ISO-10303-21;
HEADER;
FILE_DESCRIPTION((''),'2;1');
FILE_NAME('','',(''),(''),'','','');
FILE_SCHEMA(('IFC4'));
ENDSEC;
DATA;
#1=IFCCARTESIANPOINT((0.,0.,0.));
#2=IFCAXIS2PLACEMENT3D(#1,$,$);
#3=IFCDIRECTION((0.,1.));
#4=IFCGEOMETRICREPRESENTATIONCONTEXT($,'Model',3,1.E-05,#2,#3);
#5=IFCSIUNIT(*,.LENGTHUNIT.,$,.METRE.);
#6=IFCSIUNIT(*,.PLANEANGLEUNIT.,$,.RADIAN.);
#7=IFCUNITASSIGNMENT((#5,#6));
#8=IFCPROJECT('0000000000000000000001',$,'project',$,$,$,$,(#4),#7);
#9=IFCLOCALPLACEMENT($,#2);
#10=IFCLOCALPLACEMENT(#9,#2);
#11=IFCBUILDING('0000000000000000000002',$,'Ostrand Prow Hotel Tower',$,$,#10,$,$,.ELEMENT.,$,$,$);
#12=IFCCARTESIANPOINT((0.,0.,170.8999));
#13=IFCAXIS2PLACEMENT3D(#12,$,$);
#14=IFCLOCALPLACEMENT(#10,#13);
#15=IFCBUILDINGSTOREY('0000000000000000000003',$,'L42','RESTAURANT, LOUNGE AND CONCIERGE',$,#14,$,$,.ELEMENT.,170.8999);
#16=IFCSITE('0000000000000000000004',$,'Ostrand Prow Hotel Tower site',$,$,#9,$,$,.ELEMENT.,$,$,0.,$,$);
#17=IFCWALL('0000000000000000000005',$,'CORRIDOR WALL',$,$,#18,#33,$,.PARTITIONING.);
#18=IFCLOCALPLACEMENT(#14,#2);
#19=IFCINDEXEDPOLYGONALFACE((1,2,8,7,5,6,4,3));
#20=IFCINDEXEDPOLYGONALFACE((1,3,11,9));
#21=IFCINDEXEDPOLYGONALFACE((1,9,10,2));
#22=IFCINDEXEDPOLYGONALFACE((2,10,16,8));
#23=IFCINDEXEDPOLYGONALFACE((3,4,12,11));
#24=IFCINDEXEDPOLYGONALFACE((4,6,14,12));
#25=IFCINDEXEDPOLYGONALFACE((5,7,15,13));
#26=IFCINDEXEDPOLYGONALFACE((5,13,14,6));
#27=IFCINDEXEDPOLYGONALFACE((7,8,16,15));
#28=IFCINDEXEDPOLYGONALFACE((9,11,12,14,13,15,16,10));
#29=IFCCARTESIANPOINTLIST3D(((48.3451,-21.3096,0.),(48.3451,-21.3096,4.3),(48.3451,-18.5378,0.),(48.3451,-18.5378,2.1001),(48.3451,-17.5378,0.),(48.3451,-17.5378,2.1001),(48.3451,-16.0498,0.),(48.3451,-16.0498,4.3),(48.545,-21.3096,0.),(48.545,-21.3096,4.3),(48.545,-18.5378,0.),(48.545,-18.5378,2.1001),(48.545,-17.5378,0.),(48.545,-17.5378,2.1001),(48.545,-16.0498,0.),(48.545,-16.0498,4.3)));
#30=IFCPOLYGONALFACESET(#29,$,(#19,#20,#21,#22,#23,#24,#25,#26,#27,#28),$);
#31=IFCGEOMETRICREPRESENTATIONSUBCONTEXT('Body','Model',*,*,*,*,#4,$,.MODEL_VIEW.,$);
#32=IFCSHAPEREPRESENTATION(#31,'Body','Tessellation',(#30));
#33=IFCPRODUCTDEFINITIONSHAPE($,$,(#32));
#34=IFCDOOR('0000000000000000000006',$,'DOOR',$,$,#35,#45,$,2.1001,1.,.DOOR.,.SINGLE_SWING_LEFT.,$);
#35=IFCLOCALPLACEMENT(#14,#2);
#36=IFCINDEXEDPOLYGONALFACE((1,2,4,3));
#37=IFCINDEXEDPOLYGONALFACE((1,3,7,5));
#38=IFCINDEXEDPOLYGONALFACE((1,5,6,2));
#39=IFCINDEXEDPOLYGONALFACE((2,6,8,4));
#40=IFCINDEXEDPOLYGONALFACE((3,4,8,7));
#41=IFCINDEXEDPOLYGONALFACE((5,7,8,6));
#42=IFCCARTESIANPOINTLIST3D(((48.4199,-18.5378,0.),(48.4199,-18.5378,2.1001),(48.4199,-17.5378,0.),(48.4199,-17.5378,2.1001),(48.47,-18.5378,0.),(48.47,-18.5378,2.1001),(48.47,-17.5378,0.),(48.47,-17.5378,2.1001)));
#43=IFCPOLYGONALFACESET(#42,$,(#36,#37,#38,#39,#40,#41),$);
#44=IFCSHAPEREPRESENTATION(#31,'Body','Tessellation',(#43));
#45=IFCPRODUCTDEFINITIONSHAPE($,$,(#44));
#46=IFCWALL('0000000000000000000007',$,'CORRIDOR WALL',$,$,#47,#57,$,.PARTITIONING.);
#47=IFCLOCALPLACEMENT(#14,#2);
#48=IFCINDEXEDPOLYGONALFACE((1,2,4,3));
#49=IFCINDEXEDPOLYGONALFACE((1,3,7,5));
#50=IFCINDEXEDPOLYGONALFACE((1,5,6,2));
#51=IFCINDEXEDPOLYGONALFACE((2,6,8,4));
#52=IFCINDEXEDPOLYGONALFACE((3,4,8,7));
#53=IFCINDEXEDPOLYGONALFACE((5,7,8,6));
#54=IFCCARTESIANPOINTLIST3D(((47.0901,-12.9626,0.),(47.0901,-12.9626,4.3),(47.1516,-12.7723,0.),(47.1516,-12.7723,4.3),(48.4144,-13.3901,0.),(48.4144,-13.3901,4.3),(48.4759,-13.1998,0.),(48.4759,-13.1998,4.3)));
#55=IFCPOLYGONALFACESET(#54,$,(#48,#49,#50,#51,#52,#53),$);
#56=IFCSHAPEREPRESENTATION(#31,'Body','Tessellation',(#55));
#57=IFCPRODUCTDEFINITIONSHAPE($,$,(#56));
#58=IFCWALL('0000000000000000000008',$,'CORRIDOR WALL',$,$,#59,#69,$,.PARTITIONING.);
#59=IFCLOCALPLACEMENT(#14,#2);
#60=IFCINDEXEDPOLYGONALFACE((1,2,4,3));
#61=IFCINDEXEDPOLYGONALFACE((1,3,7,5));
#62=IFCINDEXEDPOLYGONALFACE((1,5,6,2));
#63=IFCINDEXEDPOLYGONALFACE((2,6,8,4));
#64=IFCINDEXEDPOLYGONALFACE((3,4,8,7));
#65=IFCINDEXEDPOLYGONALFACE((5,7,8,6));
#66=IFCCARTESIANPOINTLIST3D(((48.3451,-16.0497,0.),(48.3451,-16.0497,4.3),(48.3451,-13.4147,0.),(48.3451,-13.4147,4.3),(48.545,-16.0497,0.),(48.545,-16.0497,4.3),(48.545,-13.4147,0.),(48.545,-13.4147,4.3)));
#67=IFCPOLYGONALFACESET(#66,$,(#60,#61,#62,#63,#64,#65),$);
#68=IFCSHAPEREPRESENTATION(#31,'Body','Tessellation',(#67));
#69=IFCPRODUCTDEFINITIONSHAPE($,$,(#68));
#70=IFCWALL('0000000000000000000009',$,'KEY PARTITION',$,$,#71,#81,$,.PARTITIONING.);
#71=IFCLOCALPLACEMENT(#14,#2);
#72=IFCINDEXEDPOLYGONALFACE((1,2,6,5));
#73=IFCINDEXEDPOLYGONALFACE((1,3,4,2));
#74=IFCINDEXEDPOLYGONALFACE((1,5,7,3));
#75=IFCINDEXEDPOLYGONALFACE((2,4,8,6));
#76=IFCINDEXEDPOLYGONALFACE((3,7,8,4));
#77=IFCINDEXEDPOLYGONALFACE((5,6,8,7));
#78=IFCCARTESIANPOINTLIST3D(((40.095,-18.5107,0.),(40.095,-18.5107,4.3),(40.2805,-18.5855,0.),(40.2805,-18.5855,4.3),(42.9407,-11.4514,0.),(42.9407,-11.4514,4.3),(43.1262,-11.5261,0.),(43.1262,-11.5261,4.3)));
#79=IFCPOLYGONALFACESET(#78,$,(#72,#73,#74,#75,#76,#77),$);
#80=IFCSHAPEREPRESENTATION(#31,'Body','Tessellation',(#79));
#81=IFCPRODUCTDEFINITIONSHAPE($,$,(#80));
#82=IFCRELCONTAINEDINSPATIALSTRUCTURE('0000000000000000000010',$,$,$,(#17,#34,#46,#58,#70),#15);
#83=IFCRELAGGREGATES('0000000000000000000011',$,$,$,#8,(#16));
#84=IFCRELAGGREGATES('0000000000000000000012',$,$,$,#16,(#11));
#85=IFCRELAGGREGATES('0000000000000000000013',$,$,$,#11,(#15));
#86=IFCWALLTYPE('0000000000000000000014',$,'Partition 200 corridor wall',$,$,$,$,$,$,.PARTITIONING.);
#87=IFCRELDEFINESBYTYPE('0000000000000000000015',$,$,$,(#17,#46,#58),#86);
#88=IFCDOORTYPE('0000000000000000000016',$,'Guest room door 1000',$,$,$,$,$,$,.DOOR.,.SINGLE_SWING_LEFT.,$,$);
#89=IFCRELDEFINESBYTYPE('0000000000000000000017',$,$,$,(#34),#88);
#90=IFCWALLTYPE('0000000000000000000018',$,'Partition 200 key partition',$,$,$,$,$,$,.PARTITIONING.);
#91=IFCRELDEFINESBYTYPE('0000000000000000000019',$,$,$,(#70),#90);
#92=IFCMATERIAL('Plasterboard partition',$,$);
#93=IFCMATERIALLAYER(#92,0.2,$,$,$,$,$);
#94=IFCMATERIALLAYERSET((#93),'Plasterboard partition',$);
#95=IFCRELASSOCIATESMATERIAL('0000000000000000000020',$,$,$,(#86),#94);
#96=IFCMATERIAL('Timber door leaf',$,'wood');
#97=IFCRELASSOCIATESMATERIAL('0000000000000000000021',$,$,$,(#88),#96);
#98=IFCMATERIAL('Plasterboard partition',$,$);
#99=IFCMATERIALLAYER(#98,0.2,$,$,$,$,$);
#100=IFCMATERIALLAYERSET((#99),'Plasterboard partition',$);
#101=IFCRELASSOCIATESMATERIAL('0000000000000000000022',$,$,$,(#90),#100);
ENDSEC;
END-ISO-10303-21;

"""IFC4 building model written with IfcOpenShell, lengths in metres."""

from ifc_helpers import new_model, si_unit, direction, frame, frame_2d, origin, place, context, subcontext, project, spatial, rectangle, extrude, material, layer, layer_set, type_object, element, fill, save


model = new_model("IFC4")

# Units and contexts
model_context = context("Model", 3, precision=1e-05, world=origin(), true_north=direction((0.0, 1.0)))
body_context = subcontext(model_context, "Body", "Model", "MODEL_VIEW")
ifc_project = project(units=[si_unit("LENGTHUNIT", "METRE"), si_unit("PLANEANGLEUNIT", "RADIAN")], contexts=[model_context])

# Site, building, storey
site_placement = place(None, origin())
site = spatial("IfcSite", under=ifc_project, at=site_placement, Name="Ostrand Prow Hotel Tower site", CompositionType="ELEMENT", RefElevation=0.0)
building_placement = place(site_placement, origin())
building = spatial("IfcBuilding", under=site, at=building_placement, Name="Ostrand Prow Hotel Tower", CompositionType="ELEMENT")
storey_placement = place(building_placement, frame((0.0, 0.0, 170.8999)))
storey = spatial("IfcBuildingStorey", under=building, at=storey_placement, Name="L42", Description="RESTAURANT, LOUNGE AND CONCIERGE", CompositionType="ELEMENT", Elevation=170.8999)

# Shared definitions
ifc_material_1 = material(Name="Plasterboard partition")
ifc_layer_1 = layer(ifc_material_1, 0.2)
ifc_layer_set_1 = layer_set([ifc_layer_1], Name="Plasterboard partition")
wall_type_1 = type_object("IfcWallType", Name="Partition 200 corridor wall", PredefinedType="PARTITIONING", material=ifc_layer_set_1)
ifc_material_2 = material(Name="Timber door leaf", Category="wood")
door_type_1 = type_object("IfcDoorType", Name="Guest room door 1000", OperationType="SINGLE_SWING_LEFT", PredefinedType="DOOR", material=ifc_material_2)

# Wall, opening, door
wall_1_placement = place(storey_placement, frame((48.4451, -16.0498, 0.0), z_axis=(0.0, 0.0, 1.0), x_axis=(0.0, -1.0, 0.0)))
wall_1 = element("IfcWall", 1, at=wall_1_placement, inside=storey, type_object=wall_type_1, Name="CORRIDOR WALL", PredefinedType="PARTITIONING", context=body_context, shape_type="SweptSolid", body=[
    extrude(rectangle(XDim=5.2598, YDim=0.2, at=frame_2d((2.6299, 0.0))), origin(), (0.0, 0.0, 1.0), 4.3),
])
opening_1_placement = place(wall_1_placement, frame((1.488, 0.0, 0.0)))
opening_1 = element("IfcOpeningElement", 2, at=opening_1_placement, cuts=wall_1, PredefinedType="OPENING", context=body_context, shape_type="SweptSolid", body=[
    extrude(rectangle(XDim=1.0, YDim=2.1001, at=frame_2d((0.5, 1.05))), frame((0.0, 0.1099, 0.0), z_axis=(0.0, -1.0, 0.0), x_axis=(1.0, 0.0, 0.0)), (0.0, 0.0, 1.0), 0.22),
])
door_1_placement = place(opening_1_placement, origin())
door_1 = element("IfcDoor", 3, at=door_1_placement, inside=storey, type_object=door_type_1, Name="DOOR", OperationType="SINGLE_SWING_LEFT", OverallHeight=2.1001, OverallWidth=1.0, PredefinedType="DOOR", context=body_context, shape_type="SweptSolid", body=[
    extrude(rectangle(XDim=1.0, YDim=2.1001, at=frame_2d((0.5, 1.05))), frame((0.0, 0.0249, 0.0), z_axis=(0.0, -1.0, 0.0), x_axis=(1.0, 0.0, 0.0)), (0.0, 0.0, 1.0), 0.05),
])
fill(opening_1, door_1)

# Walls
wall_2_placement = place(storey_placement, frame((47.1208, -12.8674, 0.0), z_axis=(0.0, 0.0, 1.0), x_axis=(0.951641, -0.307213, 0.0)))
element("IfcWall", 4, at=wall_2_placement, inside=storey, type_object=wall_type_1, Name="CORRIDOR WALL", PredefinedType="PARTITIONING", context=body_context, shape_type="SweptSolid", body=[
    extrude(rectangle(XDim=1.3916, YDim=0.2, at=frame_2d((0.6958, 0.0))), origin(), (0.0, 0.0, 1.0), 4.3),
])
wall_3_placement = place(storey_placement, frame((48.4451, -13.4148, 0.0), z_axis=(0.0, 0.0, 1.0), x_axis=(0.0, -1.0, 0.0)))
element("IfcWall", 5, at=wall_3_placement, inside=storey, type_object=wall_type_1, Name="CORRIDOR WALL", PredefinedType="PARTITIONING", context=body_context, shape_type="SweptSolid", body=[
    extrude(rectangle(XDim=2.635, YDim=0.2, at=frame_2d((1.3174, 0.0))), origin(), (0.0, 0.0, 1.0), 4.3),
])
ifc_material_3 = material(Name="Plasterboard partition")
ifc_layer_2 = layer(ifc_material_3, 0.2)
ifc_layer_set_2 = layer_set([ifc_layer_2], Name="Plasterboard partition")
wall_type_2 = type_object("IfcWallType", Name="Partition 200 key partition", PredefinedType="PARTITIONING", material=ifc_layer_set_2)
wall_4_placement = place(storey_placement, frame((40.1877, -18.5481, 0.0), z_axis=(0.0, 0.0, 1.0), x_axis=(0.373878, 0.927478, 0.0)))
element("IfcWall", 6, at=wall_4_placement, inside=storey, type_object=wall_type_2, Name="KEY PARTITION", PredefinedType="PARTITIONING", context=body_context, shape_type="SweptSolid", body=[
    extrude(rectangle(XDim=7.6113, YDim=0.2, at=frame_2d((3.8057, 0.0))), origin(), (0.0, 0.0, 1.0), 4.3),
])

save(model, "model.ifc")
